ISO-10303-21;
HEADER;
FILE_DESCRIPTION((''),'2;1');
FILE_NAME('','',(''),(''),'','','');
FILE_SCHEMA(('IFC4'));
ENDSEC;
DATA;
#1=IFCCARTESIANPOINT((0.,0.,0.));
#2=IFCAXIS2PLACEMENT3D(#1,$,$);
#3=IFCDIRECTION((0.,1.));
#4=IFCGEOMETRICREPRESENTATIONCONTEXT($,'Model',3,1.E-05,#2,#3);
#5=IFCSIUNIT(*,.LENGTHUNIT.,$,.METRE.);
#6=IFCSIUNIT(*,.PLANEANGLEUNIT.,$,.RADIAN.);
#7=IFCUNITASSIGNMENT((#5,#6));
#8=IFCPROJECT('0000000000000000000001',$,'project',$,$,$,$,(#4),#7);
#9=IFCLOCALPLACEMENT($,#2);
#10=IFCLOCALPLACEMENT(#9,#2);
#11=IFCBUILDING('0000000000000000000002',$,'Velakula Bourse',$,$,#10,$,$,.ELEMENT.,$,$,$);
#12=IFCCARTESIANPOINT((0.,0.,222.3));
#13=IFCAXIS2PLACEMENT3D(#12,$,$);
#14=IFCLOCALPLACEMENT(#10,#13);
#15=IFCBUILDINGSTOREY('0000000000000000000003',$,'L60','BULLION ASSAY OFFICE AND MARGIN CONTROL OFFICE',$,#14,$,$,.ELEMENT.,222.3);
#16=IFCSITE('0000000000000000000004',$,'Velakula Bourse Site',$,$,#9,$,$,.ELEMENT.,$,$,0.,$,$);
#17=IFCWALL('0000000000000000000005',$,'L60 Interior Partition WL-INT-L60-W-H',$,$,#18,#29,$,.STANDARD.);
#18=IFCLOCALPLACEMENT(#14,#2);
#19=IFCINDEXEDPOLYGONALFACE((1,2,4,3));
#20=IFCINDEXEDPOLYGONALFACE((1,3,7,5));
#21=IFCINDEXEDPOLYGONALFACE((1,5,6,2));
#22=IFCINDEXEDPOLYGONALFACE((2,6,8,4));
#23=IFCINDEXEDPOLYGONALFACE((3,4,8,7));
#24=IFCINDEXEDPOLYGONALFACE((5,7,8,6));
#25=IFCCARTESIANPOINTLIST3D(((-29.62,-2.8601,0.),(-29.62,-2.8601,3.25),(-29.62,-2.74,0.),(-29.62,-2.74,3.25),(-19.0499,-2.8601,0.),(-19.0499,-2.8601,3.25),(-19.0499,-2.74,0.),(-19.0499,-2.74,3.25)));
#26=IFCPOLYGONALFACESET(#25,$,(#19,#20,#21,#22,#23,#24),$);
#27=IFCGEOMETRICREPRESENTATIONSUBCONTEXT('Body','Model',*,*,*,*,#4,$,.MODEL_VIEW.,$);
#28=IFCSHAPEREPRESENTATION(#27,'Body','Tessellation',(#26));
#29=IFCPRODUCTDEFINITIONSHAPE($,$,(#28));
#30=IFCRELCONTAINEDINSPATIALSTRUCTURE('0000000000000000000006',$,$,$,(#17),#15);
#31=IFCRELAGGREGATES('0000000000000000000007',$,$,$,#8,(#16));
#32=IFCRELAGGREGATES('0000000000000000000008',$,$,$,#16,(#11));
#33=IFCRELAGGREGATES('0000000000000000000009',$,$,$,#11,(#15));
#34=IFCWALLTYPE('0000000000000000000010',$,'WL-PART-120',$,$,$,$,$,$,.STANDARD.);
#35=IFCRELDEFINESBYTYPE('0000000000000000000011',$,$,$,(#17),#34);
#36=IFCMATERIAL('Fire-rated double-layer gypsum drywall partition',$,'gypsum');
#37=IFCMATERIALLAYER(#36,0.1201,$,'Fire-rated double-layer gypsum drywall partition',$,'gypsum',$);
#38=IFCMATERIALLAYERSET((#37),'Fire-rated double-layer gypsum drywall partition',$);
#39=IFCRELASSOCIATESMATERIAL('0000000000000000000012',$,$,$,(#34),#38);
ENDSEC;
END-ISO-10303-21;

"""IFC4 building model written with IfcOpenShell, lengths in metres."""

from ifc_helpers import new_model, si_unit, direction, frame, frame_2d, origin, place, context, subcontext, project, spatial, rectangle, extrude, material, layer, layer_set, type_object, element, save


model = new_model("IFC4")

# Units and contexts
model_context = context("Model", 3, precision=1e-05, world=origin(), true_north=direction((0.0, 1.0)))
body_context = subcontext(model_context, "Body", "Model", "MODEL_VIEW")
ifc_project = project(units=[si_unit("LENGTHUNIT", "METRE"), si_unit("PLANEANGLEUNIT", "RADIAN")], contexts=[model_context])

# Site, building, storey
site_placement = place(None, origin())
site = spatial("IfcSite", under=ifc_project, at=site_placement, Name="Velakula Bourse Site", CompositionType="ELEMENT", RefElevation=0.0)
building_placement = place(site_placement, origin())
building = spatial("IfcBuilding", under=site, at=building_placement, Name="Velakula Bourse", CompositionType="ELEMENT")
storey_placement = place(building_placement, frame((0.0, 0.0, 222.3)))
storey = spatial("IfcBuildingStorey", under=building, at=storey_placement, Name="L60", Description="BULLION ASSAY OFFICE AND MARGIN CONTROL OFFICE", CompositionType="ELEMENT", Elevation=222.3)

# Wall
ifc_material_1 = material(Name="Fire-rated double-layer gypsum drywall partition", Category="gypsum")
ifc_layer_1 = layer(ifc_material_1, 0.1201, Name="Fire-rated double-layer gypsum drywall partition", Category="gypsum")
ifc_layer_set_1 = layer_set([ifc_layer_1], Name="Fire-rated double-layer gypsum drywall partition")
wall_type_1 = type_object("IfcWallType", Name="WL-PART-120", PredefinedType="STANDARD", material=ifc_layer_set_1)
wall_1_placement = place(storey_placement, frame((-29.6201, -2.8, 0.0), z_axis=(0.0, 0.0, 1.0), x_axis=(1.0, 0.0, 0.0)))
element("IfcWall", 1, at=wall_1_placement, inside=storey, type_object=wall_type_1, Name="L60 Interior Partition WL-INT-L60-W-H", PredefinedType="STANDARD", context=body_context, shape_type="SweptSolid", body=[
    extrude(rectangle(XDim=10.5701, YDim=0.1201, at=frame_2d((5.2852, 0.0))), origin(), (0.0, 0.0, 1.0), 3.25),
])

save(model, "model.ifc")
